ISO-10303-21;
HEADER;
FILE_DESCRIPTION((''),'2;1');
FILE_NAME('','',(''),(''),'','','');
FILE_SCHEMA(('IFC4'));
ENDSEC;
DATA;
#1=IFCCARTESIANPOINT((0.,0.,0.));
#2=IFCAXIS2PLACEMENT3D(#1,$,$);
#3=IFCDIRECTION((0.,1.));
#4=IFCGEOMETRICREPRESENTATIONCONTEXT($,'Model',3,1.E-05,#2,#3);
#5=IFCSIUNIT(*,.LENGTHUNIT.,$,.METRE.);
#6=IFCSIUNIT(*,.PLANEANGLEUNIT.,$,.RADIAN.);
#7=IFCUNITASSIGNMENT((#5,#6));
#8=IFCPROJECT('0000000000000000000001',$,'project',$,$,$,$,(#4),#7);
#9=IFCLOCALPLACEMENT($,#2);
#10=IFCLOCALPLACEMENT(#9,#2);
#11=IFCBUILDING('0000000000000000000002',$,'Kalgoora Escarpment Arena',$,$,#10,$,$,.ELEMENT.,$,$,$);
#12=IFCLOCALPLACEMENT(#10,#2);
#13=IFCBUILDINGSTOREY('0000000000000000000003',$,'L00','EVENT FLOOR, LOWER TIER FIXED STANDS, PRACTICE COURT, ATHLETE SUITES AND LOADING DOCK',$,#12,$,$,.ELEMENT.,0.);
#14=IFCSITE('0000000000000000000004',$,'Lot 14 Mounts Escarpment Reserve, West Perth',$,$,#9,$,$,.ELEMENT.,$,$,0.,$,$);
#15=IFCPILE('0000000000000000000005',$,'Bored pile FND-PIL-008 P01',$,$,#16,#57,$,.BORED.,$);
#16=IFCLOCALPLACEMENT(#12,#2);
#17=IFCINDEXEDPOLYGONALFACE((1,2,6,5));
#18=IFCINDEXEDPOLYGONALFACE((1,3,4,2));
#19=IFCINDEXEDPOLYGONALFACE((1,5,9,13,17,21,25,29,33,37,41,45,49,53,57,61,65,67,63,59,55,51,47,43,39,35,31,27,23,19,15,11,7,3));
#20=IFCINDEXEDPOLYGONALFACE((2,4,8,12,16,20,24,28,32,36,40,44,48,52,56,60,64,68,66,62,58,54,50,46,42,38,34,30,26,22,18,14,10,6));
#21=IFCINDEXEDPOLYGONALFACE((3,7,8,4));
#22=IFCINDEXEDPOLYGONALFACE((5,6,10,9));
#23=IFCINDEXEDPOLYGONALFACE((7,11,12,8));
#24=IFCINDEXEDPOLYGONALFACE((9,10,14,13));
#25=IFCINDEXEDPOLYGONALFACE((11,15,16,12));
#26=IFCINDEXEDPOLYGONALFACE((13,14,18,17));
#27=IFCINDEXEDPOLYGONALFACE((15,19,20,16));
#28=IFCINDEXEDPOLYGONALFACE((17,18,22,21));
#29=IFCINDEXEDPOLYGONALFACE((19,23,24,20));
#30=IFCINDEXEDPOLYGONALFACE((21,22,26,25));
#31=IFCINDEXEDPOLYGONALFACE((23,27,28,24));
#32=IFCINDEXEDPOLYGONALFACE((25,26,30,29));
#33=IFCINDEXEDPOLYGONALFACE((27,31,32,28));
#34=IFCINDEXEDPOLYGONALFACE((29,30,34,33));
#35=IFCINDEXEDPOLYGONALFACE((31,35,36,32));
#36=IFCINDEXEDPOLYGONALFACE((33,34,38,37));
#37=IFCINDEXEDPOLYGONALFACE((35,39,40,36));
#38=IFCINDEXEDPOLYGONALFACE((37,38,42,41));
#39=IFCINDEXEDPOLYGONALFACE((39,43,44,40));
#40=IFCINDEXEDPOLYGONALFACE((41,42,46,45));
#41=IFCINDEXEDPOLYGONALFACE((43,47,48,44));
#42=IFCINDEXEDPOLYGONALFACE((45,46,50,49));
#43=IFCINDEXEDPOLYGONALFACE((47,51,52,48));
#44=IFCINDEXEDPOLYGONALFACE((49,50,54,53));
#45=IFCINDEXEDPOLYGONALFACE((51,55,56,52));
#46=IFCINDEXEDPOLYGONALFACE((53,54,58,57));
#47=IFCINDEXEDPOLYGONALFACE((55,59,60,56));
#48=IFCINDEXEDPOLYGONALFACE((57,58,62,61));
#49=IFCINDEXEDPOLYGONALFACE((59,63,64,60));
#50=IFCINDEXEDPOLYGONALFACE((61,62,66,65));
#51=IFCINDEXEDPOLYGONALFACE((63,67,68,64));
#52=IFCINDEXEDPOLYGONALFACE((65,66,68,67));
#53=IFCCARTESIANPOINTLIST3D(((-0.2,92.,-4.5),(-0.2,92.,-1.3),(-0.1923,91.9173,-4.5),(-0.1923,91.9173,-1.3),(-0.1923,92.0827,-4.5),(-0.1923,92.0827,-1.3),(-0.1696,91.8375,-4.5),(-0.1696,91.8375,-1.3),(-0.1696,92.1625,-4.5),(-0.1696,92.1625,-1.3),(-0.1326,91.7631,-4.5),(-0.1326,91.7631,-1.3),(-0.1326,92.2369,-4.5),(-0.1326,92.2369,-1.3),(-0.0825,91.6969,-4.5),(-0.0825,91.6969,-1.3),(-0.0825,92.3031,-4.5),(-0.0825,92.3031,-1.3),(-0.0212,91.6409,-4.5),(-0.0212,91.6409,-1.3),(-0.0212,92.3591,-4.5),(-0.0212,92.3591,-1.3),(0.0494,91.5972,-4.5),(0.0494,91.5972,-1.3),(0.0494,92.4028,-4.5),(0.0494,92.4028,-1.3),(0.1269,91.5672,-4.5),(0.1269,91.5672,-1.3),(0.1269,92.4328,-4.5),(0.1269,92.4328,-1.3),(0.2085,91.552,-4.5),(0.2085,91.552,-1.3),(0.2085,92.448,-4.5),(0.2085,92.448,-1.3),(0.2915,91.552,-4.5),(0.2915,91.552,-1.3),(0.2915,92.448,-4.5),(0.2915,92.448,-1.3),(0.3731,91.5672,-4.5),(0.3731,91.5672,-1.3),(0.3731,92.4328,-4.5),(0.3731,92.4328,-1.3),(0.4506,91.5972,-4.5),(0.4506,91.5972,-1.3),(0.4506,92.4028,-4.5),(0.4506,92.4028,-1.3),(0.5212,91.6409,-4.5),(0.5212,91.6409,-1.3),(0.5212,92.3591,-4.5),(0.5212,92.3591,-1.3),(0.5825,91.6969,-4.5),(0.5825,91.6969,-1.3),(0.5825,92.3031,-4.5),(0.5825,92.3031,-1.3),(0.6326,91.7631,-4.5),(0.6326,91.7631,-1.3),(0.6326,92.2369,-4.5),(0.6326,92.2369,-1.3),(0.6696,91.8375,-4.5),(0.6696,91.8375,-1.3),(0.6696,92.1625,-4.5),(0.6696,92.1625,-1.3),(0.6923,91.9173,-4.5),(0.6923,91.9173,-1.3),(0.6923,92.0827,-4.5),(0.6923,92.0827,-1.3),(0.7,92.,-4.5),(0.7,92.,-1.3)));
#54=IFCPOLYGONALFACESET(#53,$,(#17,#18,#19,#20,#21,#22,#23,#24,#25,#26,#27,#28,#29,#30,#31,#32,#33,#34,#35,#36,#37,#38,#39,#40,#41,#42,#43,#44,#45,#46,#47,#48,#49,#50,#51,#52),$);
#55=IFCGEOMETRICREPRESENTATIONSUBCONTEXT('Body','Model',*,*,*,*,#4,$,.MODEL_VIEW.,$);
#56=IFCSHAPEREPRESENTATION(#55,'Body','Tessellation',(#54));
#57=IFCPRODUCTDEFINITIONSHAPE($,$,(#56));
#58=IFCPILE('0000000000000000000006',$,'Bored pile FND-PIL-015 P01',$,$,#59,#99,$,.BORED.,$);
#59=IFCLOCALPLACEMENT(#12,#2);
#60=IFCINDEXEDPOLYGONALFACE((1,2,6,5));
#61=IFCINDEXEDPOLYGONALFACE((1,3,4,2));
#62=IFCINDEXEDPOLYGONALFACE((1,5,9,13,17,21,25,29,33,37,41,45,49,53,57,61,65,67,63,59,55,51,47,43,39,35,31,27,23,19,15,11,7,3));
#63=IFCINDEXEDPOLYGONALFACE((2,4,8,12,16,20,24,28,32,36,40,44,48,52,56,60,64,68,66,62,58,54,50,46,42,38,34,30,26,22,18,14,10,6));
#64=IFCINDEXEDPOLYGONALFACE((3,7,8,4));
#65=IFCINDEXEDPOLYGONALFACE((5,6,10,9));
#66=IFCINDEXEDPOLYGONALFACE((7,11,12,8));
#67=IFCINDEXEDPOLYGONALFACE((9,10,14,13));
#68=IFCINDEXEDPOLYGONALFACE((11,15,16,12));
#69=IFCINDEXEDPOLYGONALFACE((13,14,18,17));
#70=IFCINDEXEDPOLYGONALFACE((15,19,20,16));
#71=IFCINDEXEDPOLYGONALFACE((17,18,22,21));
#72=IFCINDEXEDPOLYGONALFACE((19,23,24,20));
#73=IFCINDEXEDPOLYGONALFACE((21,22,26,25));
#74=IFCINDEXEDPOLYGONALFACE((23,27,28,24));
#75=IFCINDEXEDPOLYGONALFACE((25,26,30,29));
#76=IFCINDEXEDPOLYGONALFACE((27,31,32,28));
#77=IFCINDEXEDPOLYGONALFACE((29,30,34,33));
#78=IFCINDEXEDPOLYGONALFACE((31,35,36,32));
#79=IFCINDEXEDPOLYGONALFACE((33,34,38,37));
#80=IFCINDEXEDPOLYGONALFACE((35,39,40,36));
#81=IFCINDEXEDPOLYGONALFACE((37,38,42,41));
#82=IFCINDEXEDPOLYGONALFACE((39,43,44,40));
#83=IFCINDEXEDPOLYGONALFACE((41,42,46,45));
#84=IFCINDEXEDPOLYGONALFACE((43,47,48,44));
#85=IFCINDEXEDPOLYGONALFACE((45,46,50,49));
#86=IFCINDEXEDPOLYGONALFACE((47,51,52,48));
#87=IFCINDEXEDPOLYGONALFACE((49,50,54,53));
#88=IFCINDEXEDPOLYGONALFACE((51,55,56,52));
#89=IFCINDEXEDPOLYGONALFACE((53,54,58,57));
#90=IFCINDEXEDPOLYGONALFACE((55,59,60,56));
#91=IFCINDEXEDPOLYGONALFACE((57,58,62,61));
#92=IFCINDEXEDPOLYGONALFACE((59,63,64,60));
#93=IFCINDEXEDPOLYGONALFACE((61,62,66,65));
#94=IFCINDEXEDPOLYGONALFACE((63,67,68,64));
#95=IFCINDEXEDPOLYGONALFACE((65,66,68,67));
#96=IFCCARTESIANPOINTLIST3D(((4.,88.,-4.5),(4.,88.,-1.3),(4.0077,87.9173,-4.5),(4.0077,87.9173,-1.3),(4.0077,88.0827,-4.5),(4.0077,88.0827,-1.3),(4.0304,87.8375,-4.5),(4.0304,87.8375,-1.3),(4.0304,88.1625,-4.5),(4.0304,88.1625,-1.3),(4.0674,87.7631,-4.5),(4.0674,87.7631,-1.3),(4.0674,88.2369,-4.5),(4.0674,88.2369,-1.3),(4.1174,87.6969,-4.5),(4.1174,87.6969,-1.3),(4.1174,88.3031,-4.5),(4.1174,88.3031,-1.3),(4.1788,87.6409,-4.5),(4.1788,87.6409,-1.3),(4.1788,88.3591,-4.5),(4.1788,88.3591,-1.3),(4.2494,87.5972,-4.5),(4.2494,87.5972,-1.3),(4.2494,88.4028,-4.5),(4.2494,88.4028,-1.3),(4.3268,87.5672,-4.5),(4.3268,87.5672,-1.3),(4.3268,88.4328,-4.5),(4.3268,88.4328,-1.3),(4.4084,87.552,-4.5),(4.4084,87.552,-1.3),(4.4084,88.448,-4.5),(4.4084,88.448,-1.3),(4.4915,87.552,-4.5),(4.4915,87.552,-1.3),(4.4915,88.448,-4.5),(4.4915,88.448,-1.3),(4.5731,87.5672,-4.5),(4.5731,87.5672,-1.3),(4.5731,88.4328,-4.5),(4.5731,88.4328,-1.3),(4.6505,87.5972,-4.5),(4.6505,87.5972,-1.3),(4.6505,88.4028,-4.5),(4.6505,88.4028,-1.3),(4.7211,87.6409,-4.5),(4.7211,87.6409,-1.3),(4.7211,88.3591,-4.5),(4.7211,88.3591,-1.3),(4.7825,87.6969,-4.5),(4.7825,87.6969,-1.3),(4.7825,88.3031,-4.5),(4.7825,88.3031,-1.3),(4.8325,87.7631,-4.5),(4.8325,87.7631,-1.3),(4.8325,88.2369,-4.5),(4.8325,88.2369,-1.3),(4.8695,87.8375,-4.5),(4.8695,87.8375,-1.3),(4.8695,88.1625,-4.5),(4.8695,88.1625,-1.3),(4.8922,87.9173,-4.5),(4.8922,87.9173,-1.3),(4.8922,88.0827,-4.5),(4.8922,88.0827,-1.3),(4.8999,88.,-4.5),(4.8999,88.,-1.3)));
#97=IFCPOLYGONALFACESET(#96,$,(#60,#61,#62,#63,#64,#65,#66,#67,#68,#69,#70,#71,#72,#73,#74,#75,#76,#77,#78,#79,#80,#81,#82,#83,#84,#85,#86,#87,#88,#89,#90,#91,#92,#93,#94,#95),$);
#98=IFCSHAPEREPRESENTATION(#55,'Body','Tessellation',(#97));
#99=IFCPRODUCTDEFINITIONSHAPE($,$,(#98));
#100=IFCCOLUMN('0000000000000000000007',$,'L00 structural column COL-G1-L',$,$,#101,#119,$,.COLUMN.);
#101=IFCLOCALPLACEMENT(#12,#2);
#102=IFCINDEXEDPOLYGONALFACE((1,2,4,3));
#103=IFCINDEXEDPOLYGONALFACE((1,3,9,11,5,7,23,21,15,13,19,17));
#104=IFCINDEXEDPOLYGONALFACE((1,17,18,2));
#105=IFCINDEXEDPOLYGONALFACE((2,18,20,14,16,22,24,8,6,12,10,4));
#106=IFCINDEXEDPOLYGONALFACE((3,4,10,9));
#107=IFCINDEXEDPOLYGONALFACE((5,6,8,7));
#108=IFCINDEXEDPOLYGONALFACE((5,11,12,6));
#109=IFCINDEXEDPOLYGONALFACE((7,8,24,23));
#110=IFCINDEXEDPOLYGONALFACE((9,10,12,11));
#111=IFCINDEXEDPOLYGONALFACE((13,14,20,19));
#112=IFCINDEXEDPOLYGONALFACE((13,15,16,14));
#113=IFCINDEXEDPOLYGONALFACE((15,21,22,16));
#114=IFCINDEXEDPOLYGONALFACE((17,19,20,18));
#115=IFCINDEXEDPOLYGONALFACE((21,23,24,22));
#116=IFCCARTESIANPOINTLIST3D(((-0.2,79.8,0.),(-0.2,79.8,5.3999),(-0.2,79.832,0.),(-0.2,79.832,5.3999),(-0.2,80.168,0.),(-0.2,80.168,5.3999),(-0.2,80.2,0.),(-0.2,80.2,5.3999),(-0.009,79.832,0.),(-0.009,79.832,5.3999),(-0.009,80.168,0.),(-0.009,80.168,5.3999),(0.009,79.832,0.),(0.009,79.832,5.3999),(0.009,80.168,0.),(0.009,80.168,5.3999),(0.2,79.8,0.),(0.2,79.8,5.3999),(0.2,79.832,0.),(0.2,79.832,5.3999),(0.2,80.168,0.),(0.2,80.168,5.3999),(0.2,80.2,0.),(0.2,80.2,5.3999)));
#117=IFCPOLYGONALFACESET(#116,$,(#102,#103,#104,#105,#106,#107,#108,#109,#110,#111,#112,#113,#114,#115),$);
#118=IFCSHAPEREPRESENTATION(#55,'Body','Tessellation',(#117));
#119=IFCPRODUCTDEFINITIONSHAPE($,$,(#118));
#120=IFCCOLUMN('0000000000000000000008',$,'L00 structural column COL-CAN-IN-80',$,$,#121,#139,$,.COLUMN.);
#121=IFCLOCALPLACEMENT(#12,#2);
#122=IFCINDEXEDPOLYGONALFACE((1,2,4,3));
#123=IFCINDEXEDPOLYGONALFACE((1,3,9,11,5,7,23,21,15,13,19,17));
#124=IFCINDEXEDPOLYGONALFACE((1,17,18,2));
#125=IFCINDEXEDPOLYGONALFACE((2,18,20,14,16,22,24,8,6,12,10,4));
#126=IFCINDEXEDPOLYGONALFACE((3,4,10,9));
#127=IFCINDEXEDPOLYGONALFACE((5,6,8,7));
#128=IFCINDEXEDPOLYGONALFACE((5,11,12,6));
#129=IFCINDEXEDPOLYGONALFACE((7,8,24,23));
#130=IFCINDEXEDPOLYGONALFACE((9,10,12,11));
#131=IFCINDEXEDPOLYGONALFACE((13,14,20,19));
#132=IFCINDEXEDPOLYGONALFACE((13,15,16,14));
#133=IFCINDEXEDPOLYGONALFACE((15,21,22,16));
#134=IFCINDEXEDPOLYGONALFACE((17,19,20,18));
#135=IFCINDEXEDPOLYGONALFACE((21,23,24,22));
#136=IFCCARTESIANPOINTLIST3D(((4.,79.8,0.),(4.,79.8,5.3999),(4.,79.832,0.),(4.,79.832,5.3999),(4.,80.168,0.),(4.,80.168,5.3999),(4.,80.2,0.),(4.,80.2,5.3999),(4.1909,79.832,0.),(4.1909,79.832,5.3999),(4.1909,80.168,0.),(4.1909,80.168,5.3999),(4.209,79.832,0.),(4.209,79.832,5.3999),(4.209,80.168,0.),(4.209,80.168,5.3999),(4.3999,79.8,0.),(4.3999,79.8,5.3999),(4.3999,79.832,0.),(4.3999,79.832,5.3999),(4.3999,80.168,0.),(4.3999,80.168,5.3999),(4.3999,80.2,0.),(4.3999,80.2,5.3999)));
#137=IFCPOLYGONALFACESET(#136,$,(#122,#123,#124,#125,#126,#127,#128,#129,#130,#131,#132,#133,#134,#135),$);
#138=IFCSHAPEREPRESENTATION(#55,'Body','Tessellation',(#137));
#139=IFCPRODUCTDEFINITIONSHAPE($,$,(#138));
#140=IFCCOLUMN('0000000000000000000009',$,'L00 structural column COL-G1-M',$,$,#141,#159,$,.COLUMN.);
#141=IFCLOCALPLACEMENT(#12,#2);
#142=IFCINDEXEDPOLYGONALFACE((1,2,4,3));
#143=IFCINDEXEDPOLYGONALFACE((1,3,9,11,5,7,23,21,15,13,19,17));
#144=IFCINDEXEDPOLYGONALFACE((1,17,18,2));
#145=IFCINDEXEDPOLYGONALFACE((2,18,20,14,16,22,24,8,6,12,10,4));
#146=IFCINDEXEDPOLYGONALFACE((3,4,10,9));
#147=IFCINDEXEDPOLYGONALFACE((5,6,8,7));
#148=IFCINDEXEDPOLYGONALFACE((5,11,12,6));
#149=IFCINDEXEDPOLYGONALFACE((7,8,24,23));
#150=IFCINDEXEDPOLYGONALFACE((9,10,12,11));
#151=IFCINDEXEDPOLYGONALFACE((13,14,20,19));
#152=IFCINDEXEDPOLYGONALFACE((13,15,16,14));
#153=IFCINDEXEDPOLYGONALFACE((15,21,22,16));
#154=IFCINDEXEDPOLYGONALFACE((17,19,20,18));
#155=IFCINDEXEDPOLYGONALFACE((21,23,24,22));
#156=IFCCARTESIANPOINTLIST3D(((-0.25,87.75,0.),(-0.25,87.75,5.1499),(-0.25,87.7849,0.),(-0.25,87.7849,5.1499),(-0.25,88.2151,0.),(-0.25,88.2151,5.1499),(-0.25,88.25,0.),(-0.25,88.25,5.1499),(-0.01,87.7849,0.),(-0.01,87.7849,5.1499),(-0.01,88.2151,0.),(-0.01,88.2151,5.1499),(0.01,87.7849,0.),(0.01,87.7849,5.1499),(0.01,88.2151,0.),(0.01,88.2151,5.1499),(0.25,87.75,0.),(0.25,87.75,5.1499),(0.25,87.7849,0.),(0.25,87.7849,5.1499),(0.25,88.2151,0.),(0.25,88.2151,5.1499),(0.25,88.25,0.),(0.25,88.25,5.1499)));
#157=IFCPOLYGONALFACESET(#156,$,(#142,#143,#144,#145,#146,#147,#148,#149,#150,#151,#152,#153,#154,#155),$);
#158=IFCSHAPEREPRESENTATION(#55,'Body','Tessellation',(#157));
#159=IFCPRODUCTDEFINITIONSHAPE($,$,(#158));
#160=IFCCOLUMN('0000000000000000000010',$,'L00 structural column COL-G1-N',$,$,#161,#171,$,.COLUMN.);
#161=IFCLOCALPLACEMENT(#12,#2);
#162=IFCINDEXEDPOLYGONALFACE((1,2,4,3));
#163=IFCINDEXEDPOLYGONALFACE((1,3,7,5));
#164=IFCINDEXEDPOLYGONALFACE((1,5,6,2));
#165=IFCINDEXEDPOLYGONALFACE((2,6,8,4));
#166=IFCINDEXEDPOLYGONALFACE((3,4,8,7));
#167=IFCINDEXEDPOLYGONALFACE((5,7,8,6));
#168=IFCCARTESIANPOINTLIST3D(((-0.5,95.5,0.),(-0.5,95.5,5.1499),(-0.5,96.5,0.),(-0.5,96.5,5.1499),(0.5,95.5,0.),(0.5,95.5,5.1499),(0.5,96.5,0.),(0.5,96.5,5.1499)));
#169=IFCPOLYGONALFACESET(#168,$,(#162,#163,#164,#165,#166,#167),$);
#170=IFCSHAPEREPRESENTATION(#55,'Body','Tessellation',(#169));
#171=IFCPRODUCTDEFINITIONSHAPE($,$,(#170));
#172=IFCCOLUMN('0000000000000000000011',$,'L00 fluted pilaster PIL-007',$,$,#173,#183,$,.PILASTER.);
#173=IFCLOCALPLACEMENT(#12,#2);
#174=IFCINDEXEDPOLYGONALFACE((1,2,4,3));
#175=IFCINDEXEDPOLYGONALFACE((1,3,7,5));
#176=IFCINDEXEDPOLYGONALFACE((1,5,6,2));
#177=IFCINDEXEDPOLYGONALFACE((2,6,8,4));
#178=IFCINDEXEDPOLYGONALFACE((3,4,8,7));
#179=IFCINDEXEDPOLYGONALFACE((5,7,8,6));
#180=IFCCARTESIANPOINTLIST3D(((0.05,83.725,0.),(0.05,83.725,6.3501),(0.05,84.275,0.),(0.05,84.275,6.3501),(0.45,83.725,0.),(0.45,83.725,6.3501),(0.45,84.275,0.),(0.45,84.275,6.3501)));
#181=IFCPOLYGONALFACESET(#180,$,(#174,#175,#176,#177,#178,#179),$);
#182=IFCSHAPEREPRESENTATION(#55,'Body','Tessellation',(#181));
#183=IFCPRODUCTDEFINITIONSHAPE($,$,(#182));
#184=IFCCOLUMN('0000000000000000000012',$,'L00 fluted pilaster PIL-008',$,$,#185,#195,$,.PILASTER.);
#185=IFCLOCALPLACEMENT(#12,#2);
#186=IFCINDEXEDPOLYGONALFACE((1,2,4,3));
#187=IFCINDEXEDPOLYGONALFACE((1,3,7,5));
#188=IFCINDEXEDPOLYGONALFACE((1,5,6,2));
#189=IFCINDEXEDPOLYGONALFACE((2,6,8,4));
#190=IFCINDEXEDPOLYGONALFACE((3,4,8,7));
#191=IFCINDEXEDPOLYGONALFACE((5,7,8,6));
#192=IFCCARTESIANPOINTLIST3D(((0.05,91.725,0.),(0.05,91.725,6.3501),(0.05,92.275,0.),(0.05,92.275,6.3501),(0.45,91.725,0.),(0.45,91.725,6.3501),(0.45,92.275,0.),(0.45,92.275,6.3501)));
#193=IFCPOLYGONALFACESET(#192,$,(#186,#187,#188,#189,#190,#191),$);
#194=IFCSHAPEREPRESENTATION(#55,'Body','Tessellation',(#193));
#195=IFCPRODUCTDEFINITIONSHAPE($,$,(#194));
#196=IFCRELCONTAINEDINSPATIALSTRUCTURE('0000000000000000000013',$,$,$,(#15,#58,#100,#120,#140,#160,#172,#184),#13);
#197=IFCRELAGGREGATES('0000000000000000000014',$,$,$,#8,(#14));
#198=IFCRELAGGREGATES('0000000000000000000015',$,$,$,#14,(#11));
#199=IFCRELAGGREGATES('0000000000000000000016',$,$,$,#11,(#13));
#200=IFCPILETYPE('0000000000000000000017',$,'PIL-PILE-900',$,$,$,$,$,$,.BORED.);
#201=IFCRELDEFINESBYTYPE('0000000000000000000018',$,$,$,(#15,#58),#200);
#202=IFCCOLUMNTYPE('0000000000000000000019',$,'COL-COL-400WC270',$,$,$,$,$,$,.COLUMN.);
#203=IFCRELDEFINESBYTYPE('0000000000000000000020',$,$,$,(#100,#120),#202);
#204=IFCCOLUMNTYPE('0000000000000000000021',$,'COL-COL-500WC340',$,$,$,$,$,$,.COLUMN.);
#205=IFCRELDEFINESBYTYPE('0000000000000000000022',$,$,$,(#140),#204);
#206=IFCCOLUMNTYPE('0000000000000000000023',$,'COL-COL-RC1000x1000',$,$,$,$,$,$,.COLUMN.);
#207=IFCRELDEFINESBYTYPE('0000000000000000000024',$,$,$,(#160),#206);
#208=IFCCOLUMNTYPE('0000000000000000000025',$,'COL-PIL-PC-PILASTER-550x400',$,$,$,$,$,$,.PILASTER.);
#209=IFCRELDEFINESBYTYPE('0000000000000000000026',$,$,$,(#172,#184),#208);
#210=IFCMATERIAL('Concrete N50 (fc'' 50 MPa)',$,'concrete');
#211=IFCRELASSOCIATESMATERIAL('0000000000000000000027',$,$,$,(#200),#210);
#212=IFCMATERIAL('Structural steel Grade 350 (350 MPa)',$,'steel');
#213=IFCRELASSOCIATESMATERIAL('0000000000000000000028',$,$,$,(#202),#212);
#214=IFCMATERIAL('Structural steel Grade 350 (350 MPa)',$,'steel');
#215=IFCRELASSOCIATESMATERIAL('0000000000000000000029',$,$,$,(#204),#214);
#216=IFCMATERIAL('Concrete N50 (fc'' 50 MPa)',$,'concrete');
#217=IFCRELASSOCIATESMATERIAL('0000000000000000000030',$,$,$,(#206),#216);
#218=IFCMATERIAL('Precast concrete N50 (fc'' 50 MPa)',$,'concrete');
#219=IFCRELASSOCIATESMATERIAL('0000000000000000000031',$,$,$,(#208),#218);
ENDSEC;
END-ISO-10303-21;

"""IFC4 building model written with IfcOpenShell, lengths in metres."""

from ifc_helpers import new_model, si_unit, direction, frame, origin, origin_2d, place, context, subcontext, project, spatial, rectangle, circle, i_section, extrude, material, material_profile, profile_set, type_object, element, save


model = new_model("IFC4")

# Units and contexts
model_context = context("Model", 3, precision=1e-05, world=origin(), true_north=direction((0.0, 1.0)))
body_context = subcontext(model_context, "Body", "Model", "MODEL_VIEW")
ifc_project = project(units=[si_unit("LENGTHUNIT", "METRE"), si_unit("PLANEANGLEUNIT", "RADIAN")], contexts=[model_context])

# Site, building, storey
site_placement = place(None, origin())
site = spatial("IfcSite", under=ifc_project, at=site_placement, Name="Lot 14 Mounts Escarpment Reserve, West Perth", CompositionType="ELEMENT", RefElevation=0.0)
building_placement = place(site_placement, origin())
building = spatial("IfcBuilding", under=site, at=building_placement, Name="Kalgoora Escarpment Arena", CompositionType="ELEMENT")
storey_placement = place(building_placement, origin())
storey = spatial("IfcBuildingStorey", under=building, at=storey_placement, Name="L00", Description="EVENT FLOOR, LOWER TIER FIXED STANDS, PRACTICE COURT, ATHLETE SUITES AND LOADING DOCK", CompositionType="ELEMENT", Elevation=0.0)

# Piles
ifc_material_1 = material(Name="Concrete N50 (fc' 50 MPa)", Category="concrete")
ifc_material_profile_1 = material_profile(ifc_material_1, circle(Radius=0.45, at=origin_2d()))
ifc_profile_set_1 = profile_set([ifc_material_profile_1], Name="Concrete N50 (fc' 50 MPa)")
pile_type = type_object("IfcPileType", Name="PIL-PILE-900", PredefinedType="BORED", material=ifc_profile_set_1)
for number, where, z_axis, x_axis, name in (
    (1, (0.25, 92.0, -1.3), (0.0, 0.0, -1.0), (1.0, 0.0, 0.0), "Bored pile FND-PIL-008 P01"),
    (2, (4.45, 88.0, -1.3), (0.0, 0.0, -1.0), (1.0, 0.0, 0.0), "Bored pile FND-PIL-015 P01"),
):
    element("IfcPile", number, at=place(storey_placement, frame(where, z_axis=z_axis, x_axis=x_axis)), inside=storey, type_object=pile_type, Name=name, PredefinedType="BORED", context=body_context, shape_type="SweptSolid", body=[
        extrude(circle(Radius=0.45, at=origin_2d()), origin(), (0.0, 0.0, 1.0), 3.2),
    ])

# Columns
ifc_material_2 = material(Name="Structural steel Grade 350 (350 MPa)", Category="steel")
ifc_material_profile_2 = material_profile(ifc_material_2, i_section(OverallWidth=0.3999, OverallDepth=0.3999, WebThickness=0.0181, FlangeThickness=0.032, at=origin_2d()))
ifc_profile_set_2 = profile_set([ifc_material_profile_2], Name="Structural steel Grade 350 (350 MPa)")
column_type_1 = type_object("IfcColumnType", Name="COL-COL-400WC270", PredefinedType="COLUMN", material=ifc_profile_set_2)
for number, where, z_axis, x_axis, name in (
    (3, (0.0, 80.0, 0.0), (0.0, 0.0, 1.0), (1.0, 0.0, 0.0), "L00 structural column COL-G1-L"),
    (4, (4.2, 80.0, 0.0), (0.0, 0.0, 1.0), (1.0, 0.0, 0.0), "L00 structural column COL-CAN-IN-80"),
):
    element("IfcColumn", number, at=place(storey_placement, frame(where, z_axis=z_axis, x_axis=x_axis)), inside=storey, type_object=column_type_1, Name=name, PredefinedType="COLUMN", context=body_context, shape_type="SweptSolid", body=[
        extrude(i_section(OverallWidth=0.3999, OverallDepth=0.3999, WebThickness=0.0181, FlangeThickness=0.032, at=origin_2d()), origin(), (0.0, 0.0, 1.0), 5.3999),
    ])
ifc_material_3 = material(Name="Structural steel Grade 350 (350 MPa)", Category="steel")
ifc_material_profile_3 = material_profile(ifc_material_3, i_section(OverallWidth=0.5, OverallDepth=0.5, WebThickness=0.02, FlangeThickness=0.0349, at=origin_2d()))
ifc_profile_set_3 = profile_set([ifc_material_profile_3], Name="Structural steel Grade 350 (350 MPa)")
column_type_2 = type_object("IfcColumnType", Name="COL-COL-500WC340", PredefinedType="COLUMN", material=ifc_profile_set_3)
column_1_placement = place(storey_placement, frame((0.0, 88.0, 0.0), z_axis=(0.0, 0.0, 1.0), x_axis=(1.0, 0.0, 0.0)))
element("IfcColumn", 5, at=column_1_placement, inside=storey, type_object=column_type_2, Name="L00 structural column COL-G1-M", PredefinedType="COLUMN", context=body_context, shape_type="SweptSolid", body=[
    extrude(i_section(OverallWidth=0.5, OverallDepth=0.5, WebThickness=0.02, FlangeThickness=0.0349, at=origin_2d()), origin(), (0.0, 0.0, 1.0), 5.1499),
])
ifc_material_4 = material(Name="Concrete N50 (fc' 50 MPa)", Category="concrete")
ifc_material_profile_4 = material_profile(ifc_material_4, rectangle(XDim=1.0, YDim=1.0, at=origin_2d()))
ifc_profile_set_4 = profile_set([ifc_material_profile_4], Name="Concrete N50 (fc' 50 MPa)")
column_type_3 = type_object("IfcColumnType", Name="COL-COL-RC1000x1000", PredefinedType="COLUMN", material=ifc_profile_set_4)
column_2_placement = place(storey_placement, frame((0.0, 96.0, 0.0), z_axis=(0.0, 0.0, 1.0), x_axis=(1.0, 0.0, 0.0)))
element("IfcColumn", 6, at=column_2_placement, inside=storey, type_object=column_type_3, Name="L00 structural column COL-G1-N", PredefinedType="COLUMN", context=body_context, shape_type="SweptSolid", body=[
    extrude(rectangle(XDim=1.0, YDim=1.0, at=origin_2d()), origin(), (0.0, 0.0, 1.0), 5.1499),
])
ifc_material_5 = material(Name="Precast concrete N50 (fc' 50 MPa)", Category="concrete")
ifc_material_profile_5 = material_profile(ifc_material_5, rectangle(XDim=0.3999, YDim=0.55, at=origin_2d()))
ifc_profile_set_5 = profile_set([ifc_material_profile_5], Name="Precast concrete N50 (fc' 50 MPa)")
column_type_4 = type_object("IfcColumnType", Name="COL-PIL-PC-PILASTER-550x400", PredefinedType="PILASTER", material=ifc_profile_set_5)
for number, where, z_axis, x_axis, name in (
    (7, (0.25, 84.0, 0.0), (0.0, 0.0, 1.0), (1.0, 0.0, 0.0), "L00 fluted pilaster PIL-007"),
    (8, (0.25, 92.0, 0.0), (0.0, 0.0, 1.0), (1.0, 0.0, 0.0), "L00 fluted pilaster PIL-008"),
):
    element("IfcColumn", number, at=place(storey_placement, frame(where, z_axis=z_axis, x_axis=x_axis)), inside=storey, type_object=column_type_4, Name=name, PredefinedType="PILASTER", context=body_context, shape_type="SweptSolid", body=[
        extrude(rectangle(XDim=0.3999, YDim=0.55, at=origin_2d()), origin(), (0.0, 0.0, 1.0), 6.3501),
    ])

save(model, "model.ifc")
